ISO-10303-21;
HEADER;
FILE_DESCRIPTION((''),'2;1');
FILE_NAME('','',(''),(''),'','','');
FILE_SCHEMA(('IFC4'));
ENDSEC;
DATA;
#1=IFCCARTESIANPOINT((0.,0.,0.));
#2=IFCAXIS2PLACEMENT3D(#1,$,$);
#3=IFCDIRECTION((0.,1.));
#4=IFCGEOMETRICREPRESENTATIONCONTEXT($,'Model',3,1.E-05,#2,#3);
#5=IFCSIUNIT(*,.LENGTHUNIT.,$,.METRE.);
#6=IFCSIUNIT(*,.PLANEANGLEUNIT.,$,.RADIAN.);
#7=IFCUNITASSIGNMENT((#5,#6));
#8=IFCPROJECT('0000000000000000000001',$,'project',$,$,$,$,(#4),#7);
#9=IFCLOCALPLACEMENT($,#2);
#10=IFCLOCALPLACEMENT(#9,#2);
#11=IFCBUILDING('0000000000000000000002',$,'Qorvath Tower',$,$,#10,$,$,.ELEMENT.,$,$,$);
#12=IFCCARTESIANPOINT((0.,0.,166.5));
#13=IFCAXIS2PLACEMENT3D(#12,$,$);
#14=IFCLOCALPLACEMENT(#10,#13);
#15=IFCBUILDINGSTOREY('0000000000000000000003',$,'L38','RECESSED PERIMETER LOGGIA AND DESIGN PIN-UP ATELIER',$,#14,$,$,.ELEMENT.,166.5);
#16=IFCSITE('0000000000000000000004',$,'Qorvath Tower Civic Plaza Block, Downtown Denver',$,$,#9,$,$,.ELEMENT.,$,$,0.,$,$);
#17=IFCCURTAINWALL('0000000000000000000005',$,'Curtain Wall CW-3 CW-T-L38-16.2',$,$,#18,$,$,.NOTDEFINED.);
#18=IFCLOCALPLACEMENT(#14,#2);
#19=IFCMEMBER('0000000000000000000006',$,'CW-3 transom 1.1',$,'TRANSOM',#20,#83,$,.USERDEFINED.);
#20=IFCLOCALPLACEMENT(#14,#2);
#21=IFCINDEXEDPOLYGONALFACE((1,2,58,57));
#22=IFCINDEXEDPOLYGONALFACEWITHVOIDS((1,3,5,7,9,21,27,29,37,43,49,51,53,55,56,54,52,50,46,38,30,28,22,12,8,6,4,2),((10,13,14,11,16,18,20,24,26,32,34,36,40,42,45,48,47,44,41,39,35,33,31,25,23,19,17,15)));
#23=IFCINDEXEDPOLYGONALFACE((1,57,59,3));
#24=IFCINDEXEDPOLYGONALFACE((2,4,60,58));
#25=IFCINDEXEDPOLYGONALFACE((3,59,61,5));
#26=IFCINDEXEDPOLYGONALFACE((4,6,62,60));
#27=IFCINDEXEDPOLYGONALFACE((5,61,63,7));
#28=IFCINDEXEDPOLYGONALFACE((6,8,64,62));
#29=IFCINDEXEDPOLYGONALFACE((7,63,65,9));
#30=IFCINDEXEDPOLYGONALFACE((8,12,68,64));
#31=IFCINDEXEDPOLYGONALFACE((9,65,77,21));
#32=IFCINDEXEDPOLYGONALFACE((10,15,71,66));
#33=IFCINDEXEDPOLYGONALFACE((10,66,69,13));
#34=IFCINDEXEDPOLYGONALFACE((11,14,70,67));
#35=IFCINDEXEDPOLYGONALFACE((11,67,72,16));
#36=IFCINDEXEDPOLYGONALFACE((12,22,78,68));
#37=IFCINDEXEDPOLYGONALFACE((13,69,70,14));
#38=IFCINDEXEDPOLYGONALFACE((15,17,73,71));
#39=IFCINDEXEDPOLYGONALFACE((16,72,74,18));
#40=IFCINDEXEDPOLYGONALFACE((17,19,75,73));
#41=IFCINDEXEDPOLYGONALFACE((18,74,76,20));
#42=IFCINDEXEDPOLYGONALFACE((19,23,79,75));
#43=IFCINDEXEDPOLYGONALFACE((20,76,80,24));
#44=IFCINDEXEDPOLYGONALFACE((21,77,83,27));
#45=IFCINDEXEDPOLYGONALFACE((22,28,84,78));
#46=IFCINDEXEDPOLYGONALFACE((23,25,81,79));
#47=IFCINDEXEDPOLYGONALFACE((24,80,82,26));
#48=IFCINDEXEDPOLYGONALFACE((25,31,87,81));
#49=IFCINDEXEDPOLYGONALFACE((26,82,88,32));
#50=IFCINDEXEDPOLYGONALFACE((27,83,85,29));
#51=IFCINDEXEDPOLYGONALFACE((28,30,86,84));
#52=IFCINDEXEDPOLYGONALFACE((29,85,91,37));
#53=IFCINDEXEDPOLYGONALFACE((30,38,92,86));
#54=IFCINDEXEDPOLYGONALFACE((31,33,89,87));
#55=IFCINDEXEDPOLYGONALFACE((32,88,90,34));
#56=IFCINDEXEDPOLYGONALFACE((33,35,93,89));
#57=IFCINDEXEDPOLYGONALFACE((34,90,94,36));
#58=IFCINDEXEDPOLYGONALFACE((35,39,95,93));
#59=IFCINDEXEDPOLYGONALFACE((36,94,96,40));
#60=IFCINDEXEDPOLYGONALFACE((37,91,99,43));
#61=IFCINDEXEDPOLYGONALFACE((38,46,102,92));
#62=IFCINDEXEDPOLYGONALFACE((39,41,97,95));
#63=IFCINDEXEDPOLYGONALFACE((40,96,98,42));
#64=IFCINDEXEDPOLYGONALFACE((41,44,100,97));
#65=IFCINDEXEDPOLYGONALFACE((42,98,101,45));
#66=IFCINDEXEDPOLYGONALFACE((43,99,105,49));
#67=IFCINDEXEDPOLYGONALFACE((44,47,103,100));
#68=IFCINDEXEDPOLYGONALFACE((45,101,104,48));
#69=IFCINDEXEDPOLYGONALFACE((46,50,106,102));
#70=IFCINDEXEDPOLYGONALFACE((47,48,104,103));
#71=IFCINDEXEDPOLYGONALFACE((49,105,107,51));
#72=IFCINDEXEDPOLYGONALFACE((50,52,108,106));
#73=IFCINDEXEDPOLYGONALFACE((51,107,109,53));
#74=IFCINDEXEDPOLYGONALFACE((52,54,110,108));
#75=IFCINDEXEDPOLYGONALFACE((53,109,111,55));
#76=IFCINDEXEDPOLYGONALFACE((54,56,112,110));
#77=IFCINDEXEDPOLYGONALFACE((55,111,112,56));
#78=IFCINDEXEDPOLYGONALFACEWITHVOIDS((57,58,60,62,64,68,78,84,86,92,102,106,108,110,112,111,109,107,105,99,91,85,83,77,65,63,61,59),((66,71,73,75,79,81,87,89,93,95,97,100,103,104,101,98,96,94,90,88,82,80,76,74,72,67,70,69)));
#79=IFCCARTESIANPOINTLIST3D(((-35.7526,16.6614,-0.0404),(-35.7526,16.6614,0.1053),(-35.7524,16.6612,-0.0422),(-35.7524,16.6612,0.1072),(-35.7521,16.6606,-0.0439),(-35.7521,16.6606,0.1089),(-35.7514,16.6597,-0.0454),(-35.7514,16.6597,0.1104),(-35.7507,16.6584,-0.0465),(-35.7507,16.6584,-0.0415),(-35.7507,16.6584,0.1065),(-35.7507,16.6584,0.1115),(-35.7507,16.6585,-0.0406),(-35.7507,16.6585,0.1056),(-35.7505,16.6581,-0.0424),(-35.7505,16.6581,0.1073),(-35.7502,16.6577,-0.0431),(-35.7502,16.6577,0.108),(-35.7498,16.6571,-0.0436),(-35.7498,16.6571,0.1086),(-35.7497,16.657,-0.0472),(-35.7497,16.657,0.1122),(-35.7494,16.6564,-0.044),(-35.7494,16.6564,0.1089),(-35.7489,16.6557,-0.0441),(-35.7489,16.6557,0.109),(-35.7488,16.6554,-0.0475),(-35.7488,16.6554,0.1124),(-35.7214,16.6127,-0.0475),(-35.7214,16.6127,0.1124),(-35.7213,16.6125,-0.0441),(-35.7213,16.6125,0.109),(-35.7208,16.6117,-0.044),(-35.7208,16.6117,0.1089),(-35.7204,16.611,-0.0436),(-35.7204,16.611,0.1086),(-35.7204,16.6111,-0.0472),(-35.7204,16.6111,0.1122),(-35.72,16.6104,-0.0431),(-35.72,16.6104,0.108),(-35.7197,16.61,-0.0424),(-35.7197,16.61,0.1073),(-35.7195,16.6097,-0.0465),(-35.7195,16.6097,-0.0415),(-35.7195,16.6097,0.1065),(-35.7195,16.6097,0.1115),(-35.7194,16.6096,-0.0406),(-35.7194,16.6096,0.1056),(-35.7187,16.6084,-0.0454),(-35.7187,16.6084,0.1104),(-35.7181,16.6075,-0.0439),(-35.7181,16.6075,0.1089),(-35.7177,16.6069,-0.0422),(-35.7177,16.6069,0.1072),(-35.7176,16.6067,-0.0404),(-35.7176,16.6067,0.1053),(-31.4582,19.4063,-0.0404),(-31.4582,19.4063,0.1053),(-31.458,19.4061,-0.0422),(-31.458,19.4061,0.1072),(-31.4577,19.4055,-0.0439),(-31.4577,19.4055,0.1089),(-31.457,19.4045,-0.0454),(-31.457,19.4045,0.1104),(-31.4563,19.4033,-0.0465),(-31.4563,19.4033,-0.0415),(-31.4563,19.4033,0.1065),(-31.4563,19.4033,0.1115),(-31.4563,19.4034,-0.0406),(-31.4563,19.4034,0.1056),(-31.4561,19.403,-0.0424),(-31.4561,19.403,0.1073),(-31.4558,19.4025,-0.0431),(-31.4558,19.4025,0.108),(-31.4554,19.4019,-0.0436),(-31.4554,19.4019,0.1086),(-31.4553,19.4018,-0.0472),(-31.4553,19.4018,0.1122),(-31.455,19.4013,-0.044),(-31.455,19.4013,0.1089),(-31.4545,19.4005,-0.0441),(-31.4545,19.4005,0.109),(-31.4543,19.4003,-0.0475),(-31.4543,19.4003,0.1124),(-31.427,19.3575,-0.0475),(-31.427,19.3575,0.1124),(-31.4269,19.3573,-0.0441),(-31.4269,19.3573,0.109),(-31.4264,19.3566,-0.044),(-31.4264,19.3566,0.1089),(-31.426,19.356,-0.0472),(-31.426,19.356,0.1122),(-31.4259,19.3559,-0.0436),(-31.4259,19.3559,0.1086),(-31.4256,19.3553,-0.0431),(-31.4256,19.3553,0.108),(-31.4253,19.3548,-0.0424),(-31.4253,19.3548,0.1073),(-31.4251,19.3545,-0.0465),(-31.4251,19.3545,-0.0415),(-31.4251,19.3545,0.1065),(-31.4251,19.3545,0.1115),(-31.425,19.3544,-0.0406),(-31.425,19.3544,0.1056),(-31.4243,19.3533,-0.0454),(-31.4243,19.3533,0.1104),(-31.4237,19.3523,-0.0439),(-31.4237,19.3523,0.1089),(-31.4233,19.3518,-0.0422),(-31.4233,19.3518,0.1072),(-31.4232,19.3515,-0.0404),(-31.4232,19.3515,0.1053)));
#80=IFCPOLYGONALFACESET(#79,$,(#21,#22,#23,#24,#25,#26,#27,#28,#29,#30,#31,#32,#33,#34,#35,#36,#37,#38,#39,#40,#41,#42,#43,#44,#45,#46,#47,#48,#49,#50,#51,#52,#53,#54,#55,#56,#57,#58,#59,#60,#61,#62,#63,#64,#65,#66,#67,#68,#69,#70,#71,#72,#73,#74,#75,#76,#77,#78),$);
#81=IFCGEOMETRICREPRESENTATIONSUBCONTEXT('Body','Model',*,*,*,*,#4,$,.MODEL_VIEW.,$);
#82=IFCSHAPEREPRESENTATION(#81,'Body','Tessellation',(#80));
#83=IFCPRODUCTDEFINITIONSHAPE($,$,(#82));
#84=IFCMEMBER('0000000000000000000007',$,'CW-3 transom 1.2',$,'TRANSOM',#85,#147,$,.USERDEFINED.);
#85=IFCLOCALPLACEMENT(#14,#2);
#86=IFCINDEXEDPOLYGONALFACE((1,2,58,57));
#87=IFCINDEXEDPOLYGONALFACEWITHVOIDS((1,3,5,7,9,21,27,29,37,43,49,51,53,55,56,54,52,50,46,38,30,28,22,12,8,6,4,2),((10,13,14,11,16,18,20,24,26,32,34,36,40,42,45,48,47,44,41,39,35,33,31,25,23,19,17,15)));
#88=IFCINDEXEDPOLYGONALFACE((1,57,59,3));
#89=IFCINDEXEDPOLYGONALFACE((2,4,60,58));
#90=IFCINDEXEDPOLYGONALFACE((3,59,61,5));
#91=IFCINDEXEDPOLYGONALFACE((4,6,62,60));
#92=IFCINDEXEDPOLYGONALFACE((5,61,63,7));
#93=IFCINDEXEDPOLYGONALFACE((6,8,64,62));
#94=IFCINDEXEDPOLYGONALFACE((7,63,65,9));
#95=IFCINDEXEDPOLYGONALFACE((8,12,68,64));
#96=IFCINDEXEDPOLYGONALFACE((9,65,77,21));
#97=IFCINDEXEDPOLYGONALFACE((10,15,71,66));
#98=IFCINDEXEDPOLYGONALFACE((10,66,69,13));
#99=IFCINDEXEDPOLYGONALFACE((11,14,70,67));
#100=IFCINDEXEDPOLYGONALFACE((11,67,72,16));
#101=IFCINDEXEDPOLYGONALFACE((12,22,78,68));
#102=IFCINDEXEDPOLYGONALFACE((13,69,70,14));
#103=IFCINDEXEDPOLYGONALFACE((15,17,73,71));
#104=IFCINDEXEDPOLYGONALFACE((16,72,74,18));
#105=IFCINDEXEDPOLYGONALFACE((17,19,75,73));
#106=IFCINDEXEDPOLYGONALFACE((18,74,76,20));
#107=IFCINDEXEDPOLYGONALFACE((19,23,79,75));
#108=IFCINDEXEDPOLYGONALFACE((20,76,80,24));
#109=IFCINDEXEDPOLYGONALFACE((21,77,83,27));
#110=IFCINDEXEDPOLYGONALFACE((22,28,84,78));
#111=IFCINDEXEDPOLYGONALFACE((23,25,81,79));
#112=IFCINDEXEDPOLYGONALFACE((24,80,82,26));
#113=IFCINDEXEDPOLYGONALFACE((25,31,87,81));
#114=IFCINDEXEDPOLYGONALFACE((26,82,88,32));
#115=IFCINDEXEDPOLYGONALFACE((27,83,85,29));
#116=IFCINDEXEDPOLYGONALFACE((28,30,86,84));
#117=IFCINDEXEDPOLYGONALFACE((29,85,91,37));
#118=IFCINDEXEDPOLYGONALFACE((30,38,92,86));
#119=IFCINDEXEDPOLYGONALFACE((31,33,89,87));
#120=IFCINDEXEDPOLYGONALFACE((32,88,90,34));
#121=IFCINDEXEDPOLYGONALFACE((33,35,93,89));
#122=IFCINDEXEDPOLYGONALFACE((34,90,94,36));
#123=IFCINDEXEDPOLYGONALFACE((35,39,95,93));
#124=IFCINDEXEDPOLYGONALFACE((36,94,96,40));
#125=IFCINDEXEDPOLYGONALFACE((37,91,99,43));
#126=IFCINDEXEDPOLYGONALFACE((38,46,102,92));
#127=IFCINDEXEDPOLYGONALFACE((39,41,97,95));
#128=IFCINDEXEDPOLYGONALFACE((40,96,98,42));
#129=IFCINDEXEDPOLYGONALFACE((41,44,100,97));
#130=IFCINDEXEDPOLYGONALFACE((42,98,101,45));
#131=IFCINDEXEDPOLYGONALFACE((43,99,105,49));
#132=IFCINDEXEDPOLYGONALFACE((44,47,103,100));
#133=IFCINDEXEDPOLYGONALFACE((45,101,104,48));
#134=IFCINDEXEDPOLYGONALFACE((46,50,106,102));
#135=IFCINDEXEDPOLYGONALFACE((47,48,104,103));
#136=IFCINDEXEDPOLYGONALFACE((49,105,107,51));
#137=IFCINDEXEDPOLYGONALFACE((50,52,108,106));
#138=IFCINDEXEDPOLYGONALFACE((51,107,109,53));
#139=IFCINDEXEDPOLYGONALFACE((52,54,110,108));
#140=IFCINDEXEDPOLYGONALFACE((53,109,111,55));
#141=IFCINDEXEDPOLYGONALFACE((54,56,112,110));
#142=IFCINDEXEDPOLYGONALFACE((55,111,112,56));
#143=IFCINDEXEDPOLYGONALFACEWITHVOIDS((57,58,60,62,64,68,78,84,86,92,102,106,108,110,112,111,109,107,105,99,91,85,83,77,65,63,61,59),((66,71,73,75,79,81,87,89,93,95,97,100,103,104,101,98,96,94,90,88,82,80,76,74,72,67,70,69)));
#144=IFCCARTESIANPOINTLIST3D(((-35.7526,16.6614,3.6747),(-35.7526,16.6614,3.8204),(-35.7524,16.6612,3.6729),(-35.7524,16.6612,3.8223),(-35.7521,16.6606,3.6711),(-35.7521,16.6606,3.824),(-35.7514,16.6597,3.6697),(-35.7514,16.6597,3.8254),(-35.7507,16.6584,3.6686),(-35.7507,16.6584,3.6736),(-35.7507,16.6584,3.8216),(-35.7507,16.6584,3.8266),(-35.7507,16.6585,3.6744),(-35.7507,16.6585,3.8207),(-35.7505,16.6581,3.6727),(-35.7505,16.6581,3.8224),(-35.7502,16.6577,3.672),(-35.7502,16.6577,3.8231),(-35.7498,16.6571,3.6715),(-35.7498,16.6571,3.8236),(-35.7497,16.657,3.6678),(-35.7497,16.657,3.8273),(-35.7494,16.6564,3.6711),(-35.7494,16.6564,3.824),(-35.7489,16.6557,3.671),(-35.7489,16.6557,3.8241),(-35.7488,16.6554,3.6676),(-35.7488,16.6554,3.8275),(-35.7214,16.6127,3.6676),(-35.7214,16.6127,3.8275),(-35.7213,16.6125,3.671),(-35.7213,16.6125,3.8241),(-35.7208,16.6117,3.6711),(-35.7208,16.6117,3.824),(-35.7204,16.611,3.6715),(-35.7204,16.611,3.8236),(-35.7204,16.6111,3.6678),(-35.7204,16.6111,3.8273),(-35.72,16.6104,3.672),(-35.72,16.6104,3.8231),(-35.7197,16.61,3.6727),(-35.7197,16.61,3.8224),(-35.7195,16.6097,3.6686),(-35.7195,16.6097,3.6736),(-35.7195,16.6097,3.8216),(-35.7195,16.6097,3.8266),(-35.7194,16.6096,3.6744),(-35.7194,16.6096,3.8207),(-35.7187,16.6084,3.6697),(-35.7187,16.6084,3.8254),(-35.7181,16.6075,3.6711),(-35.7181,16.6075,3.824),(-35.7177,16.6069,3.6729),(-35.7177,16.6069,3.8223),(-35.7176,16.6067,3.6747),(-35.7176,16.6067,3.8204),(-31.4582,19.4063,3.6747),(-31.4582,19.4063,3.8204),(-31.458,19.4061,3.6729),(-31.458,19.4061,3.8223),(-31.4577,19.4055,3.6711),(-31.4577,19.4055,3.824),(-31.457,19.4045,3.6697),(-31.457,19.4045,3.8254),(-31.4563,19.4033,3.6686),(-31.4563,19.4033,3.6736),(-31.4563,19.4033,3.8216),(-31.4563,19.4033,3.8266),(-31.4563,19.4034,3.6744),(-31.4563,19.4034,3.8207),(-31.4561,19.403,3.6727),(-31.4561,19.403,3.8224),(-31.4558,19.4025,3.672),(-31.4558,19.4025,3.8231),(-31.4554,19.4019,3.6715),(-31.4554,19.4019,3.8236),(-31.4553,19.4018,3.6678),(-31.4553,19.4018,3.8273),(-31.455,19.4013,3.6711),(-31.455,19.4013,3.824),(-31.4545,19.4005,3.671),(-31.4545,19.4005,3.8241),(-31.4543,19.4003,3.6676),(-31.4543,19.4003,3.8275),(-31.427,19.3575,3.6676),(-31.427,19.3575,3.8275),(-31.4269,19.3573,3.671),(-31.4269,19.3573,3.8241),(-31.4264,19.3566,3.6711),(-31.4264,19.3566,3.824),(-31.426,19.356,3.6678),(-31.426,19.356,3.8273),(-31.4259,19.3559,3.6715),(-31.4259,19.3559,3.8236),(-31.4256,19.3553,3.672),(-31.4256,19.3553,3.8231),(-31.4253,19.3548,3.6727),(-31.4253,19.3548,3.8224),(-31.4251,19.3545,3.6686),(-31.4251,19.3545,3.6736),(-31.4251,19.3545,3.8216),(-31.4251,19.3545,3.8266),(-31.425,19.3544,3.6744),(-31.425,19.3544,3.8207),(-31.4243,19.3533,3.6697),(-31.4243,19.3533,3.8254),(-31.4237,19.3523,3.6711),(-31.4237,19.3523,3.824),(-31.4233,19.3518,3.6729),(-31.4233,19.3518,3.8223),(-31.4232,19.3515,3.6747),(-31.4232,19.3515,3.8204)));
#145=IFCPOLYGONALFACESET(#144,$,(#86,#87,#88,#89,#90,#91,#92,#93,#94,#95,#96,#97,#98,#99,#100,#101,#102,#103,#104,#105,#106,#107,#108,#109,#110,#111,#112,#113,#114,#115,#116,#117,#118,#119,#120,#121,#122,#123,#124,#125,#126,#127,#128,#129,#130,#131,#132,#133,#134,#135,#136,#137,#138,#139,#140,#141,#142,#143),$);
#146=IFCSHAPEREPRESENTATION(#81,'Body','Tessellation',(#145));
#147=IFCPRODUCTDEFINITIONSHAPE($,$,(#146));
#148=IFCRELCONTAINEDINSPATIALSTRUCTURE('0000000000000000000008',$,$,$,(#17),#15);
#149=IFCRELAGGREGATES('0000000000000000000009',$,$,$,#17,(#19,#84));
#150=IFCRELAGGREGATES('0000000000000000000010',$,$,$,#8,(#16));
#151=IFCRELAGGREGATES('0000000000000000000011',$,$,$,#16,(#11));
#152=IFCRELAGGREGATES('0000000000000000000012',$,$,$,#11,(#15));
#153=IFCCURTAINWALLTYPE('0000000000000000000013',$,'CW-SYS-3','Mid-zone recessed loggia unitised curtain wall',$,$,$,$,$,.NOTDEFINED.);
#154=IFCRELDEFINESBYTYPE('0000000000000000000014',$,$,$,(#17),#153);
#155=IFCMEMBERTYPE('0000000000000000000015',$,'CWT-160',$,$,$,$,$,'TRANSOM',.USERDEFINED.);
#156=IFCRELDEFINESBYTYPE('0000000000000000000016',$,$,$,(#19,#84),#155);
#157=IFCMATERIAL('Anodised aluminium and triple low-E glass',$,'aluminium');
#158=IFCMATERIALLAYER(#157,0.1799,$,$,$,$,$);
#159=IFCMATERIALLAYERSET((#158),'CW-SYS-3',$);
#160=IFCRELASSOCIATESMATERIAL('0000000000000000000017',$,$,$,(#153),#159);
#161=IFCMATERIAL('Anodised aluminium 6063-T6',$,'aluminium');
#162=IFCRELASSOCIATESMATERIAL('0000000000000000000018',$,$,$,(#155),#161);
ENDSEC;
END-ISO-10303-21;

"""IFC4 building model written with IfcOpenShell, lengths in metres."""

from ifc_helpers import new_model, si_unit, direction, frame, origin, origin_2d, place, context, subcontext, project, spatial, hollow_rectangle, extrude, material, layer, layer_set, material_profile, profile_set, type_object, element, aggregate, save


model = new_model("IFC4")

# Units and contexts
model_context = context("Model", 3, precision=1e-05, world=origin(), true_north=direction((0.0, 1.0)))
body_context = subcontext(model_context, "Body", "Model", "MODEL_VIEW")
ifc_project = project(units=[si_unit("LENGTHUNIT", "METRE"), si_unit("PLANEANGLEUNIT", "RADIAN")], contexts=[model_context])

# Site, building, storey
site_placement = place(None, origin())
site = spatial("IfcSite", under=ifc_project, at=site_placement, Name="Qorvath Tower Civic Plaza Block, Downtown Denver", CompositionType="ELEMENT", RefElevation=0.0)
building_placement = place(site_placement, origin())
building = spatial("IfcBuilding", under=site, at=building_placement, Name="Qorvath Tower", CompositionType="ELEMENT")
storey_placement = place(building_placement, frame((0.0, 0.0, 166.5)))
storey = spatial("IfcBuildingStorey", under=building, at=storey_placement, Name="L38", Description="RECESSED PERIMETER LOGGIA AND DESIGN PIN-UP ATELIER", CompositionType="ELEMENT", Elevation=166.5)

# Curtain wall, members
ifc_material_1 = material(Name="Anodised aluminium and triple low-E glass", Category="aluminium")
ifc_layer_1 = layer(ifc_material_1, 0.1799)
ifc_layer_set_1 = layer_set([ifc_layer_1], Name="CW-SYS-3")
curtain_wall_type = type_object("IfcCurtainWallType", Name="CW-SYS-3", Description="Mid-zone recessed loggia unitised curtain wall", PredefinedType="NOTDEFINED", material=ifc_layer_set_1)
curtain_wall_placement = place(storey_placement, origin())
curtain_wall = element("IfcCurtainWall", 1, at=curtain_wall_placement, inside=storey, type_object=curtain_wall_type, Name="Curtain Wall CW-3 CW-T-L38-16.2", PredefinedType="NOTDEFINED")
ifc_material_2 = material(Name="Anodised aluminium 6063-T6", Category="aluminium")
ifc_material_profile_1 = material_profile(ifc_material_2, hollow_rectangle(XDim=0.0649, YDim=0.1599, WallThickness=0.0034, InnerFilletRadius=0.0034, OuterFilletRadius=0.0071, at=origin_2d()), Name="CWT 160x65")
ifc_profile_set_1 = profile_set([ifc_material_profile_1], Name="Anodised aluminium 6063-T6")
member_type_1 = type_object("IfcMemberType", Name="CWT-160", ElementType="TRANSOM", PredefinedType="USERDEFINED", material=ifc_profile_set_1)
member_1_placement = place(storey_placement, frame((-31.4407, 19.3789, 0.0325), z_axis=(-0.842589, -0.538557, 0.0), x_axis=(0.538557, -0.842589, 0.0)))
member_1 = element("IfcMember", 2, at=member_1_placement, type_object=member_type_1, Name="CW-3 transom 1.1", ObjectType="TRANSOM", PredefinedType="USERDEFINED", context=body_context, shape_type="SweptSolid", body=[
    extrude(hollow_rectangle(XDim=0.0649, YDim=0.1599, WallThickness=0.0034, InnerFilletRadius=0.0034, OuterFilletRadius=0.0071, at=origin_2d()), origin(), (0.0, 0.0, 1.0), 5.0967),
])
member_2_placement = place(storey_placement, frame((-31.4407, 19.3789, 3.7476), z_axis=(-0.842589, -0.538557, 0.0), x_axis=(0.538557, -0.842589, 0.0)))
member_2 = element("IfcMember", 3, at=member_2_placement, type_object=member_type_1, Name="CW-3 transom 1.2", ObjectType="TRANSOM", PredefinedType="USERDEFINED", context=body_context, shape_type="SweptSolid", body=[
    extrude(hollow_rectangle(XDim=0.0649, YDim=0.1599, WallThickness=0.0034, InnerFilletRadius=0.0034, OuterFilletRadius=0.0071, at=origin_2d()), origin(), (0.0, 0.0, 1.0), 5.0967),
])
aggregate(curtain_wall, [member_1, member_2])

save(model, "model.ifc")
